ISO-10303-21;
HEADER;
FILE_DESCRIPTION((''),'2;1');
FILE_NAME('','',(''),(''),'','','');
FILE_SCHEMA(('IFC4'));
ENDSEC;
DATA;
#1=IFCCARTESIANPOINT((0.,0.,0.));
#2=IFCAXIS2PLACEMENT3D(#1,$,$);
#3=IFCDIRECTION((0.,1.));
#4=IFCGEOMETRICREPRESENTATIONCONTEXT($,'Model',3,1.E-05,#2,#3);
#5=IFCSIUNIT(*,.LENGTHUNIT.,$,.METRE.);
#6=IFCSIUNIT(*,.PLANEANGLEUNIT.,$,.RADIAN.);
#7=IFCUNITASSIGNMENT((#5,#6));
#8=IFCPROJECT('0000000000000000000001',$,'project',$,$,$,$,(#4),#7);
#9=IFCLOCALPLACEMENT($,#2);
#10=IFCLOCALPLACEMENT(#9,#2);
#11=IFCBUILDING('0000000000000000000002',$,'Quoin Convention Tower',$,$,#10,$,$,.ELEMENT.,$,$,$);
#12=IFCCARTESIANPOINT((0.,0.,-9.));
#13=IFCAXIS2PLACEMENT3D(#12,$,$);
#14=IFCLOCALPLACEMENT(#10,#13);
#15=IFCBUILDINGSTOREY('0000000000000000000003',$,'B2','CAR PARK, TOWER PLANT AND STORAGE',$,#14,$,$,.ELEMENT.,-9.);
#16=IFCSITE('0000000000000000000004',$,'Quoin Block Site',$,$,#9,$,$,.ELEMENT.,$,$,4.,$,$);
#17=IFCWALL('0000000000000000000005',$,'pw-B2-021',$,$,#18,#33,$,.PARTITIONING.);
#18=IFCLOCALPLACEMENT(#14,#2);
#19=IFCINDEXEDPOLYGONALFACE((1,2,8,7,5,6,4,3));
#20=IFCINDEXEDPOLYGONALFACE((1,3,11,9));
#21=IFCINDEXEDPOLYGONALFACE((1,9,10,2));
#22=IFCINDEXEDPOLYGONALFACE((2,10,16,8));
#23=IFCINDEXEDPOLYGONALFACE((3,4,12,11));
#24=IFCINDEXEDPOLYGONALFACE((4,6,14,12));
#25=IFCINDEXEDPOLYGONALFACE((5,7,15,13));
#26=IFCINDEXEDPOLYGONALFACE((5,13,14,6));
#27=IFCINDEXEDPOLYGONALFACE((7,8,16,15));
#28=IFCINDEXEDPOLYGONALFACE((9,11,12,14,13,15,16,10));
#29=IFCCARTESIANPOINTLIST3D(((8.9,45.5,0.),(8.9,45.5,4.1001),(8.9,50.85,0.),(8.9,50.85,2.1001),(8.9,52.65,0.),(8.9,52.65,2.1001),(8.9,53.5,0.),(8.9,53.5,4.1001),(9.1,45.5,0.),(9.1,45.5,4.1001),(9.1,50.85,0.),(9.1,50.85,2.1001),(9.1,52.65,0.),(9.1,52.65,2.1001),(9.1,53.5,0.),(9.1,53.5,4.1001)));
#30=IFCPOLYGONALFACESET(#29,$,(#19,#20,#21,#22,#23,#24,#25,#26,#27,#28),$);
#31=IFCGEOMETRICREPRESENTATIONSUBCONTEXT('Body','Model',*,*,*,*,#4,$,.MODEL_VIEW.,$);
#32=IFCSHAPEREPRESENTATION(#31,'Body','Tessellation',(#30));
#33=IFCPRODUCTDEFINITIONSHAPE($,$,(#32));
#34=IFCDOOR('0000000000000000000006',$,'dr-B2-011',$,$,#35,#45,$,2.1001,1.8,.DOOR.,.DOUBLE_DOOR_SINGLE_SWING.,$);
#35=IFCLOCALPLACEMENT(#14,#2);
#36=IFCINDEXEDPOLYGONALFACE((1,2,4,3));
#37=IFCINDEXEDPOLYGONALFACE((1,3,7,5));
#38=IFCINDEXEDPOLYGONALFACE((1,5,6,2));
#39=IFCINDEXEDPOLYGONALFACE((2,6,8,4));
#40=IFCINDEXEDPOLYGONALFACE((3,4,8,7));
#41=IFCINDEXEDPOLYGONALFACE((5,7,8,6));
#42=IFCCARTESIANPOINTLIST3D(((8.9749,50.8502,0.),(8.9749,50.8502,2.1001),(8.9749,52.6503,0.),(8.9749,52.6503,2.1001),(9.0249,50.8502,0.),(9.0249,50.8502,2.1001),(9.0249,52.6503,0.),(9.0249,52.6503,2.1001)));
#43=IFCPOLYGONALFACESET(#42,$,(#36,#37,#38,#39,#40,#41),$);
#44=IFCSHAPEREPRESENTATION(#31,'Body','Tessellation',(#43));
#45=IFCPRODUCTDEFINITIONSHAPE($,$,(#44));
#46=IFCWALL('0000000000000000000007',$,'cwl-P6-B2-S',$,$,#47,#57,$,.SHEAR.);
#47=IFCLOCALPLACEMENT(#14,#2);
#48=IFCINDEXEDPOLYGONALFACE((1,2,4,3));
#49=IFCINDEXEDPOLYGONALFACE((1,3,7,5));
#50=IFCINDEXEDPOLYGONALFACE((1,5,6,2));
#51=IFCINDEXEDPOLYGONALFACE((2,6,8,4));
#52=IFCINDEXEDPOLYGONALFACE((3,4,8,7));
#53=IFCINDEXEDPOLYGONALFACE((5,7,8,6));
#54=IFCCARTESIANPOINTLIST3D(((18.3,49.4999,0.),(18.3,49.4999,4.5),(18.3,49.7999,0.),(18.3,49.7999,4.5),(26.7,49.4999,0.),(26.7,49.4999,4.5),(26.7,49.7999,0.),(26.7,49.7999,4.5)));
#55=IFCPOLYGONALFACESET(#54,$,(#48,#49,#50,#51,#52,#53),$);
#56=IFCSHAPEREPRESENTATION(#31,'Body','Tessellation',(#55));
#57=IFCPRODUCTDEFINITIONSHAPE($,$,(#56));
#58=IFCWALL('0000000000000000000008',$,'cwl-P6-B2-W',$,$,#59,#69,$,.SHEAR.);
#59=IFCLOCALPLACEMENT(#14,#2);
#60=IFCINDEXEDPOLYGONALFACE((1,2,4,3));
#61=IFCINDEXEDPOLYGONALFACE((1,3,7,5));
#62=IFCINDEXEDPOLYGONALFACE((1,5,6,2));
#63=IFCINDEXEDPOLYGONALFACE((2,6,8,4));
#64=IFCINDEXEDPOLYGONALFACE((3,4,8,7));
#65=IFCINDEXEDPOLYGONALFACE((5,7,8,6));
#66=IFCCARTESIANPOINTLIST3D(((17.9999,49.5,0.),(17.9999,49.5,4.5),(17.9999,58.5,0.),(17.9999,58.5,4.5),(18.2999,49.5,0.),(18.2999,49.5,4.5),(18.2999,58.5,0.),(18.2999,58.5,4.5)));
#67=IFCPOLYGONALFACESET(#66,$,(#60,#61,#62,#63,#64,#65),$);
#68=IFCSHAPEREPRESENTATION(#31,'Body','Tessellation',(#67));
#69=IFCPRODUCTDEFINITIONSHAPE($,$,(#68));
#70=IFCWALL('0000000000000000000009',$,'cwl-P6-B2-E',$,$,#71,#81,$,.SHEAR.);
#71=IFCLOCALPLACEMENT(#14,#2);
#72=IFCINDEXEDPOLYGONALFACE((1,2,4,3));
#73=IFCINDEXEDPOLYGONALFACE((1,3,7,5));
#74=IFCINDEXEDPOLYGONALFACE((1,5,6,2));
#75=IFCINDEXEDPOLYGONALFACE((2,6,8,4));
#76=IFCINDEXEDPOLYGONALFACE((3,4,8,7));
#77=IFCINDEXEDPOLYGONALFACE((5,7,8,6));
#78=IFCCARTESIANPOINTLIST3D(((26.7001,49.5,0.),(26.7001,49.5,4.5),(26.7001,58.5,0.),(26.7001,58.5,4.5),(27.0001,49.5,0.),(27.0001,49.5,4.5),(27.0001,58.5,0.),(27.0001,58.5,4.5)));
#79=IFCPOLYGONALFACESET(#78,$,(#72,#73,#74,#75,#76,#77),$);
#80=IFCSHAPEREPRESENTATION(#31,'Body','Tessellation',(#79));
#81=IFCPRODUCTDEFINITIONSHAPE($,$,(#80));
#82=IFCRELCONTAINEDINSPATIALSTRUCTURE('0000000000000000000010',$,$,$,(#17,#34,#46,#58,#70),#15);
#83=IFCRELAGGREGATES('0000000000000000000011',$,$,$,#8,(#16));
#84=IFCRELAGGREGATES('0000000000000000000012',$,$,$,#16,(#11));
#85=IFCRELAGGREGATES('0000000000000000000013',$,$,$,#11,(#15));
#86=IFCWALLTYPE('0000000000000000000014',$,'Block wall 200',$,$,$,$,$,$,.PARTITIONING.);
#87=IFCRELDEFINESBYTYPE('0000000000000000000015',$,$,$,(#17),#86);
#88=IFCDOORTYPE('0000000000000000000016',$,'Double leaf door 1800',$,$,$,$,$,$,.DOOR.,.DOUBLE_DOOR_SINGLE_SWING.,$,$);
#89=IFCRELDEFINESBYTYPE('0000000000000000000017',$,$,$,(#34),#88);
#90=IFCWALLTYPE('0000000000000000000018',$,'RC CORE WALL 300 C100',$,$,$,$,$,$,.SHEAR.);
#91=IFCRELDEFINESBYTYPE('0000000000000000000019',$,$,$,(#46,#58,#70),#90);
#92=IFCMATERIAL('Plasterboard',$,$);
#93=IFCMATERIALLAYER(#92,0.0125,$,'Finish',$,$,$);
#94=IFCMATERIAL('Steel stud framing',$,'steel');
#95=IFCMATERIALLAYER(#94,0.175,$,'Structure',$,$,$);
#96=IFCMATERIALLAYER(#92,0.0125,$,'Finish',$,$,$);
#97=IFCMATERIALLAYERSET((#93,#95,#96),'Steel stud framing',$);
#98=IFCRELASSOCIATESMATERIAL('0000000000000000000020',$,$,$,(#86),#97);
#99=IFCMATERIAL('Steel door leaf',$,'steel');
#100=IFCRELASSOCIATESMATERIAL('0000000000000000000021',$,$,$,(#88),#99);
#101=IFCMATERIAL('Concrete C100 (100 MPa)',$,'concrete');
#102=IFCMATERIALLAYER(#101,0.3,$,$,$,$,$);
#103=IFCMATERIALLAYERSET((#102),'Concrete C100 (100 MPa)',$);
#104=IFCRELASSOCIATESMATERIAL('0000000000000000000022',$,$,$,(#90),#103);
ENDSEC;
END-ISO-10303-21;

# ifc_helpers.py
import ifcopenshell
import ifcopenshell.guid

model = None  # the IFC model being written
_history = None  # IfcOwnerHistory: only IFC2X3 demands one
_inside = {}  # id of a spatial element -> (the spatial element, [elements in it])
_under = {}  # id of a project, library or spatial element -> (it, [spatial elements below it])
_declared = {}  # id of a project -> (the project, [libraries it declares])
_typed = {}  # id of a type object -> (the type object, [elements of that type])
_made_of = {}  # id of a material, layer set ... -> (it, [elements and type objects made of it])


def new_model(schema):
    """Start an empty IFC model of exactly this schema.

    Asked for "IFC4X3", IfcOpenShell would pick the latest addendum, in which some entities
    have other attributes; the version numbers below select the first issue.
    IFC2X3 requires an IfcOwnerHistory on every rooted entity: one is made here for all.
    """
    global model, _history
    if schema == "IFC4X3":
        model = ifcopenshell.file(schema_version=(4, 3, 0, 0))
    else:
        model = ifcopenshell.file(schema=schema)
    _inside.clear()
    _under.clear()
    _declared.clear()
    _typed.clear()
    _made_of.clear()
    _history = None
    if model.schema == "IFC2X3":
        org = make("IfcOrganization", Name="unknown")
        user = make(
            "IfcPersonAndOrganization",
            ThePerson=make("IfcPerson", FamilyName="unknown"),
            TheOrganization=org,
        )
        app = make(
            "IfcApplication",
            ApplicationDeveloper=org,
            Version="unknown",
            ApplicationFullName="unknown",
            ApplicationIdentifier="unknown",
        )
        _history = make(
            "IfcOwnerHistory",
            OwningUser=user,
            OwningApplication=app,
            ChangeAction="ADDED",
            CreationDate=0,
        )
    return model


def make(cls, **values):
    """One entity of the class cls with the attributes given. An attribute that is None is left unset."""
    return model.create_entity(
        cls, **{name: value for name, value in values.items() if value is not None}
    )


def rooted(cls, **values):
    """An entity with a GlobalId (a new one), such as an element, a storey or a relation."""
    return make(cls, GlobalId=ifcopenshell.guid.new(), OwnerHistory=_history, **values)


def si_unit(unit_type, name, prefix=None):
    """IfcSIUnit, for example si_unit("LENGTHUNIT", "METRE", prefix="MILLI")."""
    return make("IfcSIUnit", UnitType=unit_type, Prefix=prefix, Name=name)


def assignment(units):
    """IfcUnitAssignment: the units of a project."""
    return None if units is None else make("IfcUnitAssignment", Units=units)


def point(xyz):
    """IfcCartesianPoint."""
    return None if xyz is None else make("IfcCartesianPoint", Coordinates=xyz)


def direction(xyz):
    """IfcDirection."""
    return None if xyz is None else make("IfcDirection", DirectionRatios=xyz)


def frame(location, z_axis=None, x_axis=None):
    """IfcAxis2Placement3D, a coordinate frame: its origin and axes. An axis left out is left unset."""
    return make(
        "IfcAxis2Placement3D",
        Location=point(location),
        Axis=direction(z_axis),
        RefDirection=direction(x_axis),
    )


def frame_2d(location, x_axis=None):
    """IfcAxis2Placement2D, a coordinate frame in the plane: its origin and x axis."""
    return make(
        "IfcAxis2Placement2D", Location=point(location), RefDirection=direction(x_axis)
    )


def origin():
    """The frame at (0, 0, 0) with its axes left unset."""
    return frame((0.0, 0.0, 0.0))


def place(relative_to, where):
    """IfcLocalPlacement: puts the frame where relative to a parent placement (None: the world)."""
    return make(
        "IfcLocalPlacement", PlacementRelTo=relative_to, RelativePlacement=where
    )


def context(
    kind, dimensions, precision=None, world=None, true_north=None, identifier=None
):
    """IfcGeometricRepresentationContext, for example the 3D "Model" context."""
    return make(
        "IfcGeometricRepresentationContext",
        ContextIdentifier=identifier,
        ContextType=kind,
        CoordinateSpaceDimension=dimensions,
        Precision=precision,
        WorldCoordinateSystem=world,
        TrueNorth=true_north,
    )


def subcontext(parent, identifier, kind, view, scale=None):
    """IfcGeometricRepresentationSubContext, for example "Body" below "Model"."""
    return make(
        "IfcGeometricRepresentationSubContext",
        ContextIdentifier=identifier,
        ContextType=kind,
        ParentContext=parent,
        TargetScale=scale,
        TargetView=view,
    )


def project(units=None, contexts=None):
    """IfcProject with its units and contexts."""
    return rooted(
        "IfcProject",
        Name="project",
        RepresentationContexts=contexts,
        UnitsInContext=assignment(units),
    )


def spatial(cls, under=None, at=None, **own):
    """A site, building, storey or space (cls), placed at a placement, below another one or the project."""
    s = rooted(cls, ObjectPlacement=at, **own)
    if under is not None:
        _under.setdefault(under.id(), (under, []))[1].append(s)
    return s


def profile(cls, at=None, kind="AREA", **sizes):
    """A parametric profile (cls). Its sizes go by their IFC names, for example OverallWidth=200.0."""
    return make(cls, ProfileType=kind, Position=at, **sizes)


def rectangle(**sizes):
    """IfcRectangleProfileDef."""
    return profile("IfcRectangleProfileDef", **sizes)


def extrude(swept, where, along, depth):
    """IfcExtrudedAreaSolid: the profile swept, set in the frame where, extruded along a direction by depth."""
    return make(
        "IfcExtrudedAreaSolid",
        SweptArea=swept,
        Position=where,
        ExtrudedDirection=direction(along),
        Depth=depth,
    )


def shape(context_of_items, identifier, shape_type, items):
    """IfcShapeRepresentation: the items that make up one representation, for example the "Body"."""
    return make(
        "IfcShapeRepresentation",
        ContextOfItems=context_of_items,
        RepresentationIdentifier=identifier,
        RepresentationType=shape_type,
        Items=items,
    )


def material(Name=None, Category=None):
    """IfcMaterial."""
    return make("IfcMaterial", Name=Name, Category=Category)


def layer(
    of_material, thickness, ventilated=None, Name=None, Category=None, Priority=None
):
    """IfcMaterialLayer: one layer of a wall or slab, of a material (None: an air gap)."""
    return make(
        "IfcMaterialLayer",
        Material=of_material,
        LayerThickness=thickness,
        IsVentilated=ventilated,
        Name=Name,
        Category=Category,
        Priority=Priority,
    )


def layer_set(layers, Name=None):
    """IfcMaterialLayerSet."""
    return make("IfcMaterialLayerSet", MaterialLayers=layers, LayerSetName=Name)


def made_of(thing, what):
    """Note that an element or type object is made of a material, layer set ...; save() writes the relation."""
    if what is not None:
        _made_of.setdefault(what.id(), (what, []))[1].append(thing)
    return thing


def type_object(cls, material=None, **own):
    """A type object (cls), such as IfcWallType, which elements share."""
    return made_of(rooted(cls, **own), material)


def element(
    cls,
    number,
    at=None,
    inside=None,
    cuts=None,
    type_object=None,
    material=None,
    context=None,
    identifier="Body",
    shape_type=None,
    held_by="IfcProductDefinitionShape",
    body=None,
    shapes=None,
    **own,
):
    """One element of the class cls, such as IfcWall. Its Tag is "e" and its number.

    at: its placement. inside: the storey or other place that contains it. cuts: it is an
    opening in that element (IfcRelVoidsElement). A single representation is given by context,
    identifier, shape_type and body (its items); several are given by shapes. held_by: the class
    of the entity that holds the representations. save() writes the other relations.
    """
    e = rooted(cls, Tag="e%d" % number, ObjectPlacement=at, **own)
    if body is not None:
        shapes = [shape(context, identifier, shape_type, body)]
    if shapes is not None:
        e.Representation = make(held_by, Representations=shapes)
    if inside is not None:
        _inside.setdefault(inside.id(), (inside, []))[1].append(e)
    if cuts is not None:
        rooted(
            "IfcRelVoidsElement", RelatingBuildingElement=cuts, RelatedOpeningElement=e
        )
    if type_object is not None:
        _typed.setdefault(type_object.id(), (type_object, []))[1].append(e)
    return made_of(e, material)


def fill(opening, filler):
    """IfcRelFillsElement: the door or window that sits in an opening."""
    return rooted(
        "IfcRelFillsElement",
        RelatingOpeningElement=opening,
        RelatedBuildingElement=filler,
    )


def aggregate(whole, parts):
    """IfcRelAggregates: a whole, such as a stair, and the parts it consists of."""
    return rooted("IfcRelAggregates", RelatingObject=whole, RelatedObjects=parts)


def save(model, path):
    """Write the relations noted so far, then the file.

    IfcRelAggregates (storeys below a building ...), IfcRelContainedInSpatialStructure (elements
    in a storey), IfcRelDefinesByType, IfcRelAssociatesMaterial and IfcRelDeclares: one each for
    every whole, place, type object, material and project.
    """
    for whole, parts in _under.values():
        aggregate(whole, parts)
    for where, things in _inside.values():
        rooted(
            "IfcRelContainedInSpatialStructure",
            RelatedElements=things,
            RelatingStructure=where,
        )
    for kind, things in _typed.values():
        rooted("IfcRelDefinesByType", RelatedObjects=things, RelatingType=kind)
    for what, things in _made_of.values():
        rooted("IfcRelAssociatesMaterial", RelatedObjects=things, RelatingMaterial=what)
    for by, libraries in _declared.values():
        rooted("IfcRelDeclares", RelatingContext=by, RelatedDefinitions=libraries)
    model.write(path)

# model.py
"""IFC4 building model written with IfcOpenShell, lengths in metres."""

from ifc_helpers import new_model, si_unit, direction, frame, frame_2d, origin, place, context, subcontext, project, spatial, rectangle, extrude, material, layer, layer_set, type_object, element, fill, save


model = new_model("IFC4")

# Units and contexts
model_context = context("Model", 3, precision=1e-05, world=origin(), true_north=direction((0.0, 1.0)))
body_context = subcontext(model_context, "Body", "Model", "MODEL_VIEW")
ifc_project = project(units=[si_unit("LENGTHUNIT", "METRE"), si_unit("PLANEANGLEUNIT", "RADIAN")], contexts=[model_context])

# Site, building, storey
site_placement = place(None, origin())
site = spatial("IfcSite", under=ifc_project, at=site_placement, Name="Quoin Block Site", CompositionType="ELEMENT", RefElevation=4.0)
building_placement = place(site_placement, origin())
building = spatial("IfcBuilding", under=site, at=building_placement, Name="Quoin Convention Tower", CompositionType="ELEMENT")
storey_placement = place(building_placement, frame((0.0, 0.0, -9.0)))
storey = spatial("IfcBuildingStorey", under=building, at=storey_placement, Name="B2", Description="CAR PARK, TOWER PLANT AND STORAGE", CompositionType="ELEMENT", Elevation=-9.0)

# Shared definitions
ifc_material_1 = material(Name="Concrete C100 (100 MPa)", Category="concrete")

# Shared definitions
ifc_material_2 = material(Name="Plasterboard")
ifc_layer_1 = layer(ifc_material_2, 0.0125, Name="Finish")
ifc_material_3 = material(Name="Steel stud framing", Category="steel")
ifc_layer_2 = layer(ifc_material_3, 0.175, Name="Structure")
ifc_layer_3 = layer(ifc_material_2, 0.0125, Name="Finish")
ifc_layer_set_1 = layer_set([ifc_layer_1, ifc_layer_2, ifc_layer_3], Name="Steel stud framing")
wall_type_1 = type_object("IfcWallType", Name="Block wall 200", PredefinedType="PARTITIONING", material=ifc_layer_set_1)

# Wall, opening, door
wall_1_placement = place(storey_placement, frame((9.0, 45.5, 0.0), z_axis=(0.0, 0.0, 1.0), x_axis=(0.0, 1.0, 0.0)))
wall_1 = element("IfcWall", 1, at=wall_1_placement, inside=storey, type_object=wall_type_1, Name="pw-B2-021", PredefinedType="PARTITIONING", context=body_context, shape_type="SweptSolid", body=[
    extrude(rectangle(XDim=8.0, YDim=0.2, at=frame_2d((4.0, 0.0))), origin(), (0.0, 0.0, 1.0), 4.1001),
])
opening_placement = place(wall_1_placement, frame((5.3501, 0.0, 0.0)))
opening = element("IfcOpeningElement", 2, at=opening_placement, cuts=wall_1, PredefinedType="OPENING", context=body_context, shape_type="SweptSolid", body=[
    extrude(rectangle(XDim=1.8, YDim=2.1001, at=frame_2d((0.8999, 1.05))), frame((0.0, 0.1099, 0.0), z_axis=(0.0, -1.0, 0.0), x_axis=(1.0, 0.0, 0.0)), (0.0, 0.0, 1.0), 0.22),
])
ifc_material_4 = material(Name="Steel door leaf", Category="steel")
door_type = type_object("IfcDoorType", Name="Double leaf door 1800", OperationType="DOUBLE_DOOR_SINGLE_SWING", PredefinedType="DOOR", material=ifc_material_4)
door_placement = place(opening_placement, frame((1.8, 0.0, 0.0), z_axis=(0.0, 0.0, 1.0), x_axis=(-1.0, 0.0, 0.0)))
door = element("IfcDoor", 3, at=door_placement, inside=storey, type_object=door_type, Name="dr-B2-011", OperationType="DOUBLE_DOOR_SINGLE_SWING", OverallHeight=2.1001, OverallWidth=1.8, PredefinedType="DOOR", context=body_context, shape_type="SweptSolid", body=[
    extrude(rectangle(XDim=1.8, YDim=2.1001, at=frame_2d((0.8999, 1.05))), frame((0.0, 0.0249, 0.0), z_axis=(0.0, -1.0, 0.0), x_axis=(1.0, 0.0, 0.0)), (0.0, 0.0, 1.0), 0.05),
])
fill(opening, door)

# Walls
ifc_layer_4 = layer(ifc_material_1, 0.3)
ifc_layer_set_2 = layer_set([ifc_layer_4], Name="Concrete C100 (100 MPa)")
wall_type_2 = type_object("IfcWallType", Name="RC CORE WALL 300 C100", PredefinedType="SHEAR", material=ifc_layer_set_2)
wall_2_placement = place(storey_placement, frame((18.3, 49.6499, 0.0), z_axis=(0.0, 0.0, 1.0), x_axis=(1.0, 0.0, 0.0)))
element("IfcWall", 4, at=wall_2_placement, inside=storey, type_object=wall_type_2, Name="cwl-P6-B2-S", PredefinedType="SHEAR", context=body_context, shape_type="SweptSolid", body=[
    extrude(rectangle(XDim=8.3999, YDim=0.3, at=frame_2d((4.2, 0.0))), origin(), (0.0, 0.0, 1.0), 4.5),
])
for number, where, z_axis, x_axis, name in (
    (5, (18.1499, 49.5, 0.0), (0.0, 0.0, 1.0), (0.0, 1.0, 0.0), "cwl-P6-B2-W"),
    (6, (26.8501, 49.5, 0.0), (0.0, 0.0, 1.0), (0.0, 1.0, 0.0), "cwl-P6-B2-E"),
):
    element("IfcWall", number, at=place(storey_placement, frame(where, z_axis=z_axis, x_axis=x_axis)), inside=storey, type_object=wall_type_2, Name=name, PredefinedType="SHEAR", context=body_context, shape_type="SweptSolid", body=[
        extrude(rectangle(XDim=9.0, YDim=0.3, at=frame_2d((4.5, 0.0))), origin(), (0.0, 0.0, 1.0), 4.5),
    ])

save(model, "model.ifc")
